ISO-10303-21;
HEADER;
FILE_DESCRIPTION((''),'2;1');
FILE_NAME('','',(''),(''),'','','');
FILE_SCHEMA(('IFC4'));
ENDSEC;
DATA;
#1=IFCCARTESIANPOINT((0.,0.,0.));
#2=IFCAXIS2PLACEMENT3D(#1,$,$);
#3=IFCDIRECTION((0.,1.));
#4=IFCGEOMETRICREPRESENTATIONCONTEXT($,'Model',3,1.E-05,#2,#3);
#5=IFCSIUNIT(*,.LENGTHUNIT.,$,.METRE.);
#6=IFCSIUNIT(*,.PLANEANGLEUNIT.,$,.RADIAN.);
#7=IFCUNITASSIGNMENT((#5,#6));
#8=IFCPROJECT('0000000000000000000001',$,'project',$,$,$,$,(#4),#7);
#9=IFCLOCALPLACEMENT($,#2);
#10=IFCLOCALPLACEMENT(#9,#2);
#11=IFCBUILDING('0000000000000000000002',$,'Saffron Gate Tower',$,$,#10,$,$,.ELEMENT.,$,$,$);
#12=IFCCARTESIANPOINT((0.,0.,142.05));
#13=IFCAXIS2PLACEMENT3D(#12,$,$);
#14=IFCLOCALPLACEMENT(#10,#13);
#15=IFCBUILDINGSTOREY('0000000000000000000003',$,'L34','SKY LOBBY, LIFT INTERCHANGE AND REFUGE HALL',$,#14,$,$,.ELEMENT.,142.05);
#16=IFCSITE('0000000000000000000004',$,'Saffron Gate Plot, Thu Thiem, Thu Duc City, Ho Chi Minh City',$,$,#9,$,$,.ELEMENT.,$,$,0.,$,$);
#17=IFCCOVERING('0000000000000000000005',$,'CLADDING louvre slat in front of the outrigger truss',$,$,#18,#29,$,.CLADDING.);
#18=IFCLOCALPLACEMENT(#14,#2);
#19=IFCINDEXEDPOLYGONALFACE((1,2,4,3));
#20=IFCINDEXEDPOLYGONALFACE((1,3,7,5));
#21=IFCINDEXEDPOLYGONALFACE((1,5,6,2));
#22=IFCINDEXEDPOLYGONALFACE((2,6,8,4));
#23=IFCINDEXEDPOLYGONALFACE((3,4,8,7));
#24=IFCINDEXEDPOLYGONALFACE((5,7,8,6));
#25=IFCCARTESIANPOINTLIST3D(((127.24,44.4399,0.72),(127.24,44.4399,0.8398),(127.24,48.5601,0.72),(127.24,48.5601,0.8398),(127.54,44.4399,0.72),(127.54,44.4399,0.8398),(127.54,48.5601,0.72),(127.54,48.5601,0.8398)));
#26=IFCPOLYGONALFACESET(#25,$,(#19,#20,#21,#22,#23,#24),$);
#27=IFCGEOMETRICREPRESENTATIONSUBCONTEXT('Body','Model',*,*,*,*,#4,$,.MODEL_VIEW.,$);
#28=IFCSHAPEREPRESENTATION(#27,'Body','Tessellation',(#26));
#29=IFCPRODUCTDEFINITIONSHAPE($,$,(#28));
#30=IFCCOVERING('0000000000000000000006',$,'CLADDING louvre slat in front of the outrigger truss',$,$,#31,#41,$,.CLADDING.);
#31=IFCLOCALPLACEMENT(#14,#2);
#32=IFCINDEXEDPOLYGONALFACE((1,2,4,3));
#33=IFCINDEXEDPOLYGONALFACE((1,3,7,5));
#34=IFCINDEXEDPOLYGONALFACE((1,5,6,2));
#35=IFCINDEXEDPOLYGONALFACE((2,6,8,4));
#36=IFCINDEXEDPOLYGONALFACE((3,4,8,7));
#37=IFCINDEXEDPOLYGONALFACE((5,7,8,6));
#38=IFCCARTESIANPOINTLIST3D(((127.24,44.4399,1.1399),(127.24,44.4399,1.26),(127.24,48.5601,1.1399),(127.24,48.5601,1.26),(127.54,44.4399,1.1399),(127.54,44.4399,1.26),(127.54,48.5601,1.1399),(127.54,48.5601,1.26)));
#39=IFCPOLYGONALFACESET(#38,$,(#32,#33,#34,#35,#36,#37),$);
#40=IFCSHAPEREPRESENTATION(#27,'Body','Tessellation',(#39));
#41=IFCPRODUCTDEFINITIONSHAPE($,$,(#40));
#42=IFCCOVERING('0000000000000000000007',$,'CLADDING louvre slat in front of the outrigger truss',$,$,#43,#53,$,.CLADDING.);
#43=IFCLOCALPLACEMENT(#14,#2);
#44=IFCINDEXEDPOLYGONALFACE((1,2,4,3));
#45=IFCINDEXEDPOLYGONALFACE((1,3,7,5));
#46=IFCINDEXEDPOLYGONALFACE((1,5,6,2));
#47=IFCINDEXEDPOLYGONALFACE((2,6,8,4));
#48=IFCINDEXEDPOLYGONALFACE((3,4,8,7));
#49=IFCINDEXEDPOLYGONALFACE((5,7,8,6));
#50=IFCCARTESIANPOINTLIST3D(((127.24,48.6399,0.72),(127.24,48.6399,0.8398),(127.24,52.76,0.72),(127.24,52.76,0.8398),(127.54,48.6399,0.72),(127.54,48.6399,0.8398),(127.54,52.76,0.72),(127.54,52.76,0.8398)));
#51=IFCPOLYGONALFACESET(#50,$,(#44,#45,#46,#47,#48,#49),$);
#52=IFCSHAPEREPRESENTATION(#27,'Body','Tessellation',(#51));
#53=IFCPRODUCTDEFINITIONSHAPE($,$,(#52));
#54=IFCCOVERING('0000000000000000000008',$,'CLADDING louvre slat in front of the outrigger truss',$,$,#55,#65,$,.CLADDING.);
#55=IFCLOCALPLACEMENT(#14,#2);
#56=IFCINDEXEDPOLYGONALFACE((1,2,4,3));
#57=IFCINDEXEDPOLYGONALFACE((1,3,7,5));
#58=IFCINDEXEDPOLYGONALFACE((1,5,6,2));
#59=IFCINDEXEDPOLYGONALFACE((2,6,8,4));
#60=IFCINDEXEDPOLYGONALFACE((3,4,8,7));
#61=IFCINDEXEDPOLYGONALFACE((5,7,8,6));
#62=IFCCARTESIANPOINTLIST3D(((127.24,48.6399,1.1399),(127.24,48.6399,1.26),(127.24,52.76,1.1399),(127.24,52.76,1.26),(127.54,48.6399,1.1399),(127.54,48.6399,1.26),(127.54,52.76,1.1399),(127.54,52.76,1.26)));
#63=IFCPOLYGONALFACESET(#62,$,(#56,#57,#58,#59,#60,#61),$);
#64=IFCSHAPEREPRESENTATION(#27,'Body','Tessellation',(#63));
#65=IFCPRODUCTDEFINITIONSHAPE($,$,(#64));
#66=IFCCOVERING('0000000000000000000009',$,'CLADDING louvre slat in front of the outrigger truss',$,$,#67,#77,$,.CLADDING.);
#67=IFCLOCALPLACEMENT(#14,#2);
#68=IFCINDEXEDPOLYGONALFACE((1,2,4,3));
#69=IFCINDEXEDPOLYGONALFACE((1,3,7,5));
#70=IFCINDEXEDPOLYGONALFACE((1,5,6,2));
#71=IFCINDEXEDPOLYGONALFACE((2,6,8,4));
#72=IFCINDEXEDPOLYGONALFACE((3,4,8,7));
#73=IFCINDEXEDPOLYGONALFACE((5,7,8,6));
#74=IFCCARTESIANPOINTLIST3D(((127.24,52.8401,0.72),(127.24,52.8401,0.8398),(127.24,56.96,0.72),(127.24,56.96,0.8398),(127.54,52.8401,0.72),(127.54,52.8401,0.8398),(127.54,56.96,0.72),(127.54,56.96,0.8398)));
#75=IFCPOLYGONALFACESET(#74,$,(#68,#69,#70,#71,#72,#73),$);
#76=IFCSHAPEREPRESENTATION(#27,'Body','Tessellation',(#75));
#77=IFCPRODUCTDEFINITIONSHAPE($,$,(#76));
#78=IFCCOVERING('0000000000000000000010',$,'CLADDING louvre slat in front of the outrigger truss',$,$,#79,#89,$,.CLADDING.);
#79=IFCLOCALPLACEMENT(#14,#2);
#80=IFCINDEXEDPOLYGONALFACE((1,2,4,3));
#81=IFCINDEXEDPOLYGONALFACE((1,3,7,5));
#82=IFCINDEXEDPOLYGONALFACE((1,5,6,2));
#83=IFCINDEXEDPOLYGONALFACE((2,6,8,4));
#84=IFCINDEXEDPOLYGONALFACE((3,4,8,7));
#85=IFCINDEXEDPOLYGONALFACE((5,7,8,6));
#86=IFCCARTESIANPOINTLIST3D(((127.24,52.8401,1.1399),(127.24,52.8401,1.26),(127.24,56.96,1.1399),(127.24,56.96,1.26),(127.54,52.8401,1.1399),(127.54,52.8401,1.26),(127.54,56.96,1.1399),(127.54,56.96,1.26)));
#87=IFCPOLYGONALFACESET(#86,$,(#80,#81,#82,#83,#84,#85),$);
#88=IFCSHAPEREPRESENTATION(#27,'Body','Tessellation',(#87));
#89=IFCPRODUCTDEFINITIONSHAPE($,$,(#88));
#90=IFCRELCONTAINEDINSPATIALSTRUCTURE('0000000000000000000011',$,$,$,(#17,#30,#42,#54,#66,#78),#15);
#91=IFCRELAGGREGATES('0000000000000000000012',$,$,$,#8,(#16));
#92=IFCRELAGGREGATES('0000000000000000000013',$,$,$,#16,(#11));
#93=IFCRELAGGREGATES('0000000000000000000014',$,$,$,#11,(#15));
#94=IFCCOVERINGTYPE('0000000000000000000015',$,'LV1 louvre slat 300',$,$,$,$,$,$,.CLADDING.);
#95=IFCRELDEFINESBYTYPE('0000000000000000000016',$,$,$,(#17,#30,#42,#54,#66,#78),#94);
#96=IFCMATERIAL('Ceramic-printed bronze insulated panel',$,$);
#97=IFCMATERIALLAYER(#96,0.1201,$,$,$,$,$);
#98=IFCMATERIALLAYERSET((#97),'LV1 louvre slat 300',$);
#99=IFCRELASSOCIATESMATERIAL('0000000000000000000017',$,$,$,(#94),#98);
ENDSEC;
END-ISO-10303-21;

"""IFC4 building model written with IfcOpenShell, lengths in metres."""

from ifc_helpers import new_model, si_unit, direction, frame, origin, place, context, subcontext, project, spatial, polyline, outline, extrude, material, layer, layer_set, type_object, element, save


model = new_model("IFC4")

# Units and contexts
model_context = context("Model", 3, precision=1e-05, world=origin(), true_north=direction((0.0, 1.0)))
body_context = subcontext(model_context, "Body", "Model", "MODEL_VIEW")
ifc_project = project(units=[si_unit("LENGTHUNIT", "METRE"), si_unit("PLANEANGLEUNIT", "RADIAN")], contexts=[model_context])

# Site, building, storey
site_placement = place(None, origin())
site = spatial("IfcSite", under=ifc_project, at=site_placement, Name="Saffron Gate Plot, Thu Thiem, Thu Duc City, Ho Chi Minh City", CompositionType="ELEMENT", RefElevation=0.0)
building_placement = place(site_placement, origin())
building = spatial("IfcBuilding", under=site, at=building_placement, Name="Saffron Gate Tower", CompositionType="ELEMENT")
storey_placement = place(building_placement, frame((0.0, 0.0, 142.05)))
storey = spatial("IfcBuildingStorey", under=building, at=storey_placement, Name="L34", Description="SKY LOBBY, LIFT INTERCHANGE AND REFUGE HALL", CompositionType="ELEMENT", Elevation=142.05)

# Coverings
ifc_material = material(Name="Ceramic-printed bronze insulated panel")
ifc_layer = layer(ifc_material, 0.1201)
ifc_layer_set = layer_set([ifc_layer], Name="LV1 louvre slat 300")
covering_type = type_object("IfcCoveringType", Name="LV1 louvre slat 300", PredefinedType="CLADDING", material=ifc_layer_set)
covering_1_placement = place(storey_placement, frame((0.0, 0.0, 0.72)))
element("IfcCovering", 1, at=covering_1_placement, inside=storey, type_object=covering_type, Name="CLADDING louvre slat in front of the outrigger truss", PredefinedType="CLADDING", context=body_context, shape_type="SweptSolid", body=[
    extrude(outline(polyline([(127.54, 44.4399), (127.54, 48.5601), (127.24, 48.5601), (127.24, 44.4399), (127.54, 44.4399)])), origin(), (0.0, 0.0, 1.0), 0.1199),
])
covering_2_placement = place(storey_placement, frame((0.0, 0.0, 1.1399)))
element("IfcCovering", 2, at=covering_2_placement, inside=storey, type_object=covering_type, Name="CLADDING louvre slat in front of the outrigger truss", PredefinedType="CLADDING", context=body_context, shape_type="SweptSolid", body=[
    extrude(outline(polyline([(127.54, 44.4399), (127.54, 48.5601), (127.24, 48.5601), (127.24, 44.4399), (127.54, 44.4399)])), origin(), (0.0, 0.0, 1.0), 0.1201),
])
covering_3_placement = place(storey_placement, frame((0.0, 0.0, 0.72)))
element("IfcCovering", 3, at=covering_3_placement, inside=storey, type_object=covering_type, Name="CLADDING louvre slat in front of the outrigger truss", PredefinedType="CLADDING", context=body_context, shape_type="SweptSolid", body=[
    extrude(outline(polyline([(127.54, 48.6399), (127.54, 52.76), (127.24, 52.76), (127.24, 48.6399), (127.54, 48.6399)])), origin(), (0.0, 0.0, 1.0), 0.1199),
])
covering_4_placement = place(storey_placement, frame((0.0, 0.0, 1.1399)))
element("IfcCovering", 4, at=covering_4_placement, inside=storey, type_object=covering_type, Name="CLADDING louvre slat in front of the outrigger truss", PredefinedType="CLADDING", context=body_context, shape_type="SweptSolid", body=[
    extrude(outline(polyline([(127.54, 48.6399), (127.54, 52.76), (127.24, 52.76), (127.24, 48.6399), (127.54, 48.6399)])), origin(), (0.0, 0.0, 1.0), 0.1201),
])
covering_5_placement = place(storey_placement, frame((0.0, 0.0, 0.72)))
element("IfcCovering", 5, at=covering_5_placement, inside=storey, type_object=covering_type, Name="CLADDING louvre slat in front of the outrigger truss", PredefinedType="CLADDING", context=body_context, shape_type="SweptSolid", body=[
    extrude(outline(polyline([(127.54, 52.8401), (127.54, 56.96), (127.24, 56.96), (127.24, 52.8401), (127.54, 52.8401)])), origin(), (0.0, 0.0, 1.0), 0.1199),
])
covering_6_placement = place(storey_placement, frame((0.0, 0.0, 1.1399)))
element("IfcCovering", 6, at=covering_6_placement, inside=storey, type_object=covering_type, Name="CLADDING louvre slat in front of the outrigger truss", PredefinedType="CLADDING", context=body_context, shape_type="SweptSolid", body=[
    extrude(outline(polyline([(127.54, 52.8401), (127.54, 56.96), (127.24, 56.96), (127.24, 52.8401), (127.54, 52.8401)])), origin(), (0.0, 0.0, 1.0), 0.1201),
])

save(model, "model.ifc")
